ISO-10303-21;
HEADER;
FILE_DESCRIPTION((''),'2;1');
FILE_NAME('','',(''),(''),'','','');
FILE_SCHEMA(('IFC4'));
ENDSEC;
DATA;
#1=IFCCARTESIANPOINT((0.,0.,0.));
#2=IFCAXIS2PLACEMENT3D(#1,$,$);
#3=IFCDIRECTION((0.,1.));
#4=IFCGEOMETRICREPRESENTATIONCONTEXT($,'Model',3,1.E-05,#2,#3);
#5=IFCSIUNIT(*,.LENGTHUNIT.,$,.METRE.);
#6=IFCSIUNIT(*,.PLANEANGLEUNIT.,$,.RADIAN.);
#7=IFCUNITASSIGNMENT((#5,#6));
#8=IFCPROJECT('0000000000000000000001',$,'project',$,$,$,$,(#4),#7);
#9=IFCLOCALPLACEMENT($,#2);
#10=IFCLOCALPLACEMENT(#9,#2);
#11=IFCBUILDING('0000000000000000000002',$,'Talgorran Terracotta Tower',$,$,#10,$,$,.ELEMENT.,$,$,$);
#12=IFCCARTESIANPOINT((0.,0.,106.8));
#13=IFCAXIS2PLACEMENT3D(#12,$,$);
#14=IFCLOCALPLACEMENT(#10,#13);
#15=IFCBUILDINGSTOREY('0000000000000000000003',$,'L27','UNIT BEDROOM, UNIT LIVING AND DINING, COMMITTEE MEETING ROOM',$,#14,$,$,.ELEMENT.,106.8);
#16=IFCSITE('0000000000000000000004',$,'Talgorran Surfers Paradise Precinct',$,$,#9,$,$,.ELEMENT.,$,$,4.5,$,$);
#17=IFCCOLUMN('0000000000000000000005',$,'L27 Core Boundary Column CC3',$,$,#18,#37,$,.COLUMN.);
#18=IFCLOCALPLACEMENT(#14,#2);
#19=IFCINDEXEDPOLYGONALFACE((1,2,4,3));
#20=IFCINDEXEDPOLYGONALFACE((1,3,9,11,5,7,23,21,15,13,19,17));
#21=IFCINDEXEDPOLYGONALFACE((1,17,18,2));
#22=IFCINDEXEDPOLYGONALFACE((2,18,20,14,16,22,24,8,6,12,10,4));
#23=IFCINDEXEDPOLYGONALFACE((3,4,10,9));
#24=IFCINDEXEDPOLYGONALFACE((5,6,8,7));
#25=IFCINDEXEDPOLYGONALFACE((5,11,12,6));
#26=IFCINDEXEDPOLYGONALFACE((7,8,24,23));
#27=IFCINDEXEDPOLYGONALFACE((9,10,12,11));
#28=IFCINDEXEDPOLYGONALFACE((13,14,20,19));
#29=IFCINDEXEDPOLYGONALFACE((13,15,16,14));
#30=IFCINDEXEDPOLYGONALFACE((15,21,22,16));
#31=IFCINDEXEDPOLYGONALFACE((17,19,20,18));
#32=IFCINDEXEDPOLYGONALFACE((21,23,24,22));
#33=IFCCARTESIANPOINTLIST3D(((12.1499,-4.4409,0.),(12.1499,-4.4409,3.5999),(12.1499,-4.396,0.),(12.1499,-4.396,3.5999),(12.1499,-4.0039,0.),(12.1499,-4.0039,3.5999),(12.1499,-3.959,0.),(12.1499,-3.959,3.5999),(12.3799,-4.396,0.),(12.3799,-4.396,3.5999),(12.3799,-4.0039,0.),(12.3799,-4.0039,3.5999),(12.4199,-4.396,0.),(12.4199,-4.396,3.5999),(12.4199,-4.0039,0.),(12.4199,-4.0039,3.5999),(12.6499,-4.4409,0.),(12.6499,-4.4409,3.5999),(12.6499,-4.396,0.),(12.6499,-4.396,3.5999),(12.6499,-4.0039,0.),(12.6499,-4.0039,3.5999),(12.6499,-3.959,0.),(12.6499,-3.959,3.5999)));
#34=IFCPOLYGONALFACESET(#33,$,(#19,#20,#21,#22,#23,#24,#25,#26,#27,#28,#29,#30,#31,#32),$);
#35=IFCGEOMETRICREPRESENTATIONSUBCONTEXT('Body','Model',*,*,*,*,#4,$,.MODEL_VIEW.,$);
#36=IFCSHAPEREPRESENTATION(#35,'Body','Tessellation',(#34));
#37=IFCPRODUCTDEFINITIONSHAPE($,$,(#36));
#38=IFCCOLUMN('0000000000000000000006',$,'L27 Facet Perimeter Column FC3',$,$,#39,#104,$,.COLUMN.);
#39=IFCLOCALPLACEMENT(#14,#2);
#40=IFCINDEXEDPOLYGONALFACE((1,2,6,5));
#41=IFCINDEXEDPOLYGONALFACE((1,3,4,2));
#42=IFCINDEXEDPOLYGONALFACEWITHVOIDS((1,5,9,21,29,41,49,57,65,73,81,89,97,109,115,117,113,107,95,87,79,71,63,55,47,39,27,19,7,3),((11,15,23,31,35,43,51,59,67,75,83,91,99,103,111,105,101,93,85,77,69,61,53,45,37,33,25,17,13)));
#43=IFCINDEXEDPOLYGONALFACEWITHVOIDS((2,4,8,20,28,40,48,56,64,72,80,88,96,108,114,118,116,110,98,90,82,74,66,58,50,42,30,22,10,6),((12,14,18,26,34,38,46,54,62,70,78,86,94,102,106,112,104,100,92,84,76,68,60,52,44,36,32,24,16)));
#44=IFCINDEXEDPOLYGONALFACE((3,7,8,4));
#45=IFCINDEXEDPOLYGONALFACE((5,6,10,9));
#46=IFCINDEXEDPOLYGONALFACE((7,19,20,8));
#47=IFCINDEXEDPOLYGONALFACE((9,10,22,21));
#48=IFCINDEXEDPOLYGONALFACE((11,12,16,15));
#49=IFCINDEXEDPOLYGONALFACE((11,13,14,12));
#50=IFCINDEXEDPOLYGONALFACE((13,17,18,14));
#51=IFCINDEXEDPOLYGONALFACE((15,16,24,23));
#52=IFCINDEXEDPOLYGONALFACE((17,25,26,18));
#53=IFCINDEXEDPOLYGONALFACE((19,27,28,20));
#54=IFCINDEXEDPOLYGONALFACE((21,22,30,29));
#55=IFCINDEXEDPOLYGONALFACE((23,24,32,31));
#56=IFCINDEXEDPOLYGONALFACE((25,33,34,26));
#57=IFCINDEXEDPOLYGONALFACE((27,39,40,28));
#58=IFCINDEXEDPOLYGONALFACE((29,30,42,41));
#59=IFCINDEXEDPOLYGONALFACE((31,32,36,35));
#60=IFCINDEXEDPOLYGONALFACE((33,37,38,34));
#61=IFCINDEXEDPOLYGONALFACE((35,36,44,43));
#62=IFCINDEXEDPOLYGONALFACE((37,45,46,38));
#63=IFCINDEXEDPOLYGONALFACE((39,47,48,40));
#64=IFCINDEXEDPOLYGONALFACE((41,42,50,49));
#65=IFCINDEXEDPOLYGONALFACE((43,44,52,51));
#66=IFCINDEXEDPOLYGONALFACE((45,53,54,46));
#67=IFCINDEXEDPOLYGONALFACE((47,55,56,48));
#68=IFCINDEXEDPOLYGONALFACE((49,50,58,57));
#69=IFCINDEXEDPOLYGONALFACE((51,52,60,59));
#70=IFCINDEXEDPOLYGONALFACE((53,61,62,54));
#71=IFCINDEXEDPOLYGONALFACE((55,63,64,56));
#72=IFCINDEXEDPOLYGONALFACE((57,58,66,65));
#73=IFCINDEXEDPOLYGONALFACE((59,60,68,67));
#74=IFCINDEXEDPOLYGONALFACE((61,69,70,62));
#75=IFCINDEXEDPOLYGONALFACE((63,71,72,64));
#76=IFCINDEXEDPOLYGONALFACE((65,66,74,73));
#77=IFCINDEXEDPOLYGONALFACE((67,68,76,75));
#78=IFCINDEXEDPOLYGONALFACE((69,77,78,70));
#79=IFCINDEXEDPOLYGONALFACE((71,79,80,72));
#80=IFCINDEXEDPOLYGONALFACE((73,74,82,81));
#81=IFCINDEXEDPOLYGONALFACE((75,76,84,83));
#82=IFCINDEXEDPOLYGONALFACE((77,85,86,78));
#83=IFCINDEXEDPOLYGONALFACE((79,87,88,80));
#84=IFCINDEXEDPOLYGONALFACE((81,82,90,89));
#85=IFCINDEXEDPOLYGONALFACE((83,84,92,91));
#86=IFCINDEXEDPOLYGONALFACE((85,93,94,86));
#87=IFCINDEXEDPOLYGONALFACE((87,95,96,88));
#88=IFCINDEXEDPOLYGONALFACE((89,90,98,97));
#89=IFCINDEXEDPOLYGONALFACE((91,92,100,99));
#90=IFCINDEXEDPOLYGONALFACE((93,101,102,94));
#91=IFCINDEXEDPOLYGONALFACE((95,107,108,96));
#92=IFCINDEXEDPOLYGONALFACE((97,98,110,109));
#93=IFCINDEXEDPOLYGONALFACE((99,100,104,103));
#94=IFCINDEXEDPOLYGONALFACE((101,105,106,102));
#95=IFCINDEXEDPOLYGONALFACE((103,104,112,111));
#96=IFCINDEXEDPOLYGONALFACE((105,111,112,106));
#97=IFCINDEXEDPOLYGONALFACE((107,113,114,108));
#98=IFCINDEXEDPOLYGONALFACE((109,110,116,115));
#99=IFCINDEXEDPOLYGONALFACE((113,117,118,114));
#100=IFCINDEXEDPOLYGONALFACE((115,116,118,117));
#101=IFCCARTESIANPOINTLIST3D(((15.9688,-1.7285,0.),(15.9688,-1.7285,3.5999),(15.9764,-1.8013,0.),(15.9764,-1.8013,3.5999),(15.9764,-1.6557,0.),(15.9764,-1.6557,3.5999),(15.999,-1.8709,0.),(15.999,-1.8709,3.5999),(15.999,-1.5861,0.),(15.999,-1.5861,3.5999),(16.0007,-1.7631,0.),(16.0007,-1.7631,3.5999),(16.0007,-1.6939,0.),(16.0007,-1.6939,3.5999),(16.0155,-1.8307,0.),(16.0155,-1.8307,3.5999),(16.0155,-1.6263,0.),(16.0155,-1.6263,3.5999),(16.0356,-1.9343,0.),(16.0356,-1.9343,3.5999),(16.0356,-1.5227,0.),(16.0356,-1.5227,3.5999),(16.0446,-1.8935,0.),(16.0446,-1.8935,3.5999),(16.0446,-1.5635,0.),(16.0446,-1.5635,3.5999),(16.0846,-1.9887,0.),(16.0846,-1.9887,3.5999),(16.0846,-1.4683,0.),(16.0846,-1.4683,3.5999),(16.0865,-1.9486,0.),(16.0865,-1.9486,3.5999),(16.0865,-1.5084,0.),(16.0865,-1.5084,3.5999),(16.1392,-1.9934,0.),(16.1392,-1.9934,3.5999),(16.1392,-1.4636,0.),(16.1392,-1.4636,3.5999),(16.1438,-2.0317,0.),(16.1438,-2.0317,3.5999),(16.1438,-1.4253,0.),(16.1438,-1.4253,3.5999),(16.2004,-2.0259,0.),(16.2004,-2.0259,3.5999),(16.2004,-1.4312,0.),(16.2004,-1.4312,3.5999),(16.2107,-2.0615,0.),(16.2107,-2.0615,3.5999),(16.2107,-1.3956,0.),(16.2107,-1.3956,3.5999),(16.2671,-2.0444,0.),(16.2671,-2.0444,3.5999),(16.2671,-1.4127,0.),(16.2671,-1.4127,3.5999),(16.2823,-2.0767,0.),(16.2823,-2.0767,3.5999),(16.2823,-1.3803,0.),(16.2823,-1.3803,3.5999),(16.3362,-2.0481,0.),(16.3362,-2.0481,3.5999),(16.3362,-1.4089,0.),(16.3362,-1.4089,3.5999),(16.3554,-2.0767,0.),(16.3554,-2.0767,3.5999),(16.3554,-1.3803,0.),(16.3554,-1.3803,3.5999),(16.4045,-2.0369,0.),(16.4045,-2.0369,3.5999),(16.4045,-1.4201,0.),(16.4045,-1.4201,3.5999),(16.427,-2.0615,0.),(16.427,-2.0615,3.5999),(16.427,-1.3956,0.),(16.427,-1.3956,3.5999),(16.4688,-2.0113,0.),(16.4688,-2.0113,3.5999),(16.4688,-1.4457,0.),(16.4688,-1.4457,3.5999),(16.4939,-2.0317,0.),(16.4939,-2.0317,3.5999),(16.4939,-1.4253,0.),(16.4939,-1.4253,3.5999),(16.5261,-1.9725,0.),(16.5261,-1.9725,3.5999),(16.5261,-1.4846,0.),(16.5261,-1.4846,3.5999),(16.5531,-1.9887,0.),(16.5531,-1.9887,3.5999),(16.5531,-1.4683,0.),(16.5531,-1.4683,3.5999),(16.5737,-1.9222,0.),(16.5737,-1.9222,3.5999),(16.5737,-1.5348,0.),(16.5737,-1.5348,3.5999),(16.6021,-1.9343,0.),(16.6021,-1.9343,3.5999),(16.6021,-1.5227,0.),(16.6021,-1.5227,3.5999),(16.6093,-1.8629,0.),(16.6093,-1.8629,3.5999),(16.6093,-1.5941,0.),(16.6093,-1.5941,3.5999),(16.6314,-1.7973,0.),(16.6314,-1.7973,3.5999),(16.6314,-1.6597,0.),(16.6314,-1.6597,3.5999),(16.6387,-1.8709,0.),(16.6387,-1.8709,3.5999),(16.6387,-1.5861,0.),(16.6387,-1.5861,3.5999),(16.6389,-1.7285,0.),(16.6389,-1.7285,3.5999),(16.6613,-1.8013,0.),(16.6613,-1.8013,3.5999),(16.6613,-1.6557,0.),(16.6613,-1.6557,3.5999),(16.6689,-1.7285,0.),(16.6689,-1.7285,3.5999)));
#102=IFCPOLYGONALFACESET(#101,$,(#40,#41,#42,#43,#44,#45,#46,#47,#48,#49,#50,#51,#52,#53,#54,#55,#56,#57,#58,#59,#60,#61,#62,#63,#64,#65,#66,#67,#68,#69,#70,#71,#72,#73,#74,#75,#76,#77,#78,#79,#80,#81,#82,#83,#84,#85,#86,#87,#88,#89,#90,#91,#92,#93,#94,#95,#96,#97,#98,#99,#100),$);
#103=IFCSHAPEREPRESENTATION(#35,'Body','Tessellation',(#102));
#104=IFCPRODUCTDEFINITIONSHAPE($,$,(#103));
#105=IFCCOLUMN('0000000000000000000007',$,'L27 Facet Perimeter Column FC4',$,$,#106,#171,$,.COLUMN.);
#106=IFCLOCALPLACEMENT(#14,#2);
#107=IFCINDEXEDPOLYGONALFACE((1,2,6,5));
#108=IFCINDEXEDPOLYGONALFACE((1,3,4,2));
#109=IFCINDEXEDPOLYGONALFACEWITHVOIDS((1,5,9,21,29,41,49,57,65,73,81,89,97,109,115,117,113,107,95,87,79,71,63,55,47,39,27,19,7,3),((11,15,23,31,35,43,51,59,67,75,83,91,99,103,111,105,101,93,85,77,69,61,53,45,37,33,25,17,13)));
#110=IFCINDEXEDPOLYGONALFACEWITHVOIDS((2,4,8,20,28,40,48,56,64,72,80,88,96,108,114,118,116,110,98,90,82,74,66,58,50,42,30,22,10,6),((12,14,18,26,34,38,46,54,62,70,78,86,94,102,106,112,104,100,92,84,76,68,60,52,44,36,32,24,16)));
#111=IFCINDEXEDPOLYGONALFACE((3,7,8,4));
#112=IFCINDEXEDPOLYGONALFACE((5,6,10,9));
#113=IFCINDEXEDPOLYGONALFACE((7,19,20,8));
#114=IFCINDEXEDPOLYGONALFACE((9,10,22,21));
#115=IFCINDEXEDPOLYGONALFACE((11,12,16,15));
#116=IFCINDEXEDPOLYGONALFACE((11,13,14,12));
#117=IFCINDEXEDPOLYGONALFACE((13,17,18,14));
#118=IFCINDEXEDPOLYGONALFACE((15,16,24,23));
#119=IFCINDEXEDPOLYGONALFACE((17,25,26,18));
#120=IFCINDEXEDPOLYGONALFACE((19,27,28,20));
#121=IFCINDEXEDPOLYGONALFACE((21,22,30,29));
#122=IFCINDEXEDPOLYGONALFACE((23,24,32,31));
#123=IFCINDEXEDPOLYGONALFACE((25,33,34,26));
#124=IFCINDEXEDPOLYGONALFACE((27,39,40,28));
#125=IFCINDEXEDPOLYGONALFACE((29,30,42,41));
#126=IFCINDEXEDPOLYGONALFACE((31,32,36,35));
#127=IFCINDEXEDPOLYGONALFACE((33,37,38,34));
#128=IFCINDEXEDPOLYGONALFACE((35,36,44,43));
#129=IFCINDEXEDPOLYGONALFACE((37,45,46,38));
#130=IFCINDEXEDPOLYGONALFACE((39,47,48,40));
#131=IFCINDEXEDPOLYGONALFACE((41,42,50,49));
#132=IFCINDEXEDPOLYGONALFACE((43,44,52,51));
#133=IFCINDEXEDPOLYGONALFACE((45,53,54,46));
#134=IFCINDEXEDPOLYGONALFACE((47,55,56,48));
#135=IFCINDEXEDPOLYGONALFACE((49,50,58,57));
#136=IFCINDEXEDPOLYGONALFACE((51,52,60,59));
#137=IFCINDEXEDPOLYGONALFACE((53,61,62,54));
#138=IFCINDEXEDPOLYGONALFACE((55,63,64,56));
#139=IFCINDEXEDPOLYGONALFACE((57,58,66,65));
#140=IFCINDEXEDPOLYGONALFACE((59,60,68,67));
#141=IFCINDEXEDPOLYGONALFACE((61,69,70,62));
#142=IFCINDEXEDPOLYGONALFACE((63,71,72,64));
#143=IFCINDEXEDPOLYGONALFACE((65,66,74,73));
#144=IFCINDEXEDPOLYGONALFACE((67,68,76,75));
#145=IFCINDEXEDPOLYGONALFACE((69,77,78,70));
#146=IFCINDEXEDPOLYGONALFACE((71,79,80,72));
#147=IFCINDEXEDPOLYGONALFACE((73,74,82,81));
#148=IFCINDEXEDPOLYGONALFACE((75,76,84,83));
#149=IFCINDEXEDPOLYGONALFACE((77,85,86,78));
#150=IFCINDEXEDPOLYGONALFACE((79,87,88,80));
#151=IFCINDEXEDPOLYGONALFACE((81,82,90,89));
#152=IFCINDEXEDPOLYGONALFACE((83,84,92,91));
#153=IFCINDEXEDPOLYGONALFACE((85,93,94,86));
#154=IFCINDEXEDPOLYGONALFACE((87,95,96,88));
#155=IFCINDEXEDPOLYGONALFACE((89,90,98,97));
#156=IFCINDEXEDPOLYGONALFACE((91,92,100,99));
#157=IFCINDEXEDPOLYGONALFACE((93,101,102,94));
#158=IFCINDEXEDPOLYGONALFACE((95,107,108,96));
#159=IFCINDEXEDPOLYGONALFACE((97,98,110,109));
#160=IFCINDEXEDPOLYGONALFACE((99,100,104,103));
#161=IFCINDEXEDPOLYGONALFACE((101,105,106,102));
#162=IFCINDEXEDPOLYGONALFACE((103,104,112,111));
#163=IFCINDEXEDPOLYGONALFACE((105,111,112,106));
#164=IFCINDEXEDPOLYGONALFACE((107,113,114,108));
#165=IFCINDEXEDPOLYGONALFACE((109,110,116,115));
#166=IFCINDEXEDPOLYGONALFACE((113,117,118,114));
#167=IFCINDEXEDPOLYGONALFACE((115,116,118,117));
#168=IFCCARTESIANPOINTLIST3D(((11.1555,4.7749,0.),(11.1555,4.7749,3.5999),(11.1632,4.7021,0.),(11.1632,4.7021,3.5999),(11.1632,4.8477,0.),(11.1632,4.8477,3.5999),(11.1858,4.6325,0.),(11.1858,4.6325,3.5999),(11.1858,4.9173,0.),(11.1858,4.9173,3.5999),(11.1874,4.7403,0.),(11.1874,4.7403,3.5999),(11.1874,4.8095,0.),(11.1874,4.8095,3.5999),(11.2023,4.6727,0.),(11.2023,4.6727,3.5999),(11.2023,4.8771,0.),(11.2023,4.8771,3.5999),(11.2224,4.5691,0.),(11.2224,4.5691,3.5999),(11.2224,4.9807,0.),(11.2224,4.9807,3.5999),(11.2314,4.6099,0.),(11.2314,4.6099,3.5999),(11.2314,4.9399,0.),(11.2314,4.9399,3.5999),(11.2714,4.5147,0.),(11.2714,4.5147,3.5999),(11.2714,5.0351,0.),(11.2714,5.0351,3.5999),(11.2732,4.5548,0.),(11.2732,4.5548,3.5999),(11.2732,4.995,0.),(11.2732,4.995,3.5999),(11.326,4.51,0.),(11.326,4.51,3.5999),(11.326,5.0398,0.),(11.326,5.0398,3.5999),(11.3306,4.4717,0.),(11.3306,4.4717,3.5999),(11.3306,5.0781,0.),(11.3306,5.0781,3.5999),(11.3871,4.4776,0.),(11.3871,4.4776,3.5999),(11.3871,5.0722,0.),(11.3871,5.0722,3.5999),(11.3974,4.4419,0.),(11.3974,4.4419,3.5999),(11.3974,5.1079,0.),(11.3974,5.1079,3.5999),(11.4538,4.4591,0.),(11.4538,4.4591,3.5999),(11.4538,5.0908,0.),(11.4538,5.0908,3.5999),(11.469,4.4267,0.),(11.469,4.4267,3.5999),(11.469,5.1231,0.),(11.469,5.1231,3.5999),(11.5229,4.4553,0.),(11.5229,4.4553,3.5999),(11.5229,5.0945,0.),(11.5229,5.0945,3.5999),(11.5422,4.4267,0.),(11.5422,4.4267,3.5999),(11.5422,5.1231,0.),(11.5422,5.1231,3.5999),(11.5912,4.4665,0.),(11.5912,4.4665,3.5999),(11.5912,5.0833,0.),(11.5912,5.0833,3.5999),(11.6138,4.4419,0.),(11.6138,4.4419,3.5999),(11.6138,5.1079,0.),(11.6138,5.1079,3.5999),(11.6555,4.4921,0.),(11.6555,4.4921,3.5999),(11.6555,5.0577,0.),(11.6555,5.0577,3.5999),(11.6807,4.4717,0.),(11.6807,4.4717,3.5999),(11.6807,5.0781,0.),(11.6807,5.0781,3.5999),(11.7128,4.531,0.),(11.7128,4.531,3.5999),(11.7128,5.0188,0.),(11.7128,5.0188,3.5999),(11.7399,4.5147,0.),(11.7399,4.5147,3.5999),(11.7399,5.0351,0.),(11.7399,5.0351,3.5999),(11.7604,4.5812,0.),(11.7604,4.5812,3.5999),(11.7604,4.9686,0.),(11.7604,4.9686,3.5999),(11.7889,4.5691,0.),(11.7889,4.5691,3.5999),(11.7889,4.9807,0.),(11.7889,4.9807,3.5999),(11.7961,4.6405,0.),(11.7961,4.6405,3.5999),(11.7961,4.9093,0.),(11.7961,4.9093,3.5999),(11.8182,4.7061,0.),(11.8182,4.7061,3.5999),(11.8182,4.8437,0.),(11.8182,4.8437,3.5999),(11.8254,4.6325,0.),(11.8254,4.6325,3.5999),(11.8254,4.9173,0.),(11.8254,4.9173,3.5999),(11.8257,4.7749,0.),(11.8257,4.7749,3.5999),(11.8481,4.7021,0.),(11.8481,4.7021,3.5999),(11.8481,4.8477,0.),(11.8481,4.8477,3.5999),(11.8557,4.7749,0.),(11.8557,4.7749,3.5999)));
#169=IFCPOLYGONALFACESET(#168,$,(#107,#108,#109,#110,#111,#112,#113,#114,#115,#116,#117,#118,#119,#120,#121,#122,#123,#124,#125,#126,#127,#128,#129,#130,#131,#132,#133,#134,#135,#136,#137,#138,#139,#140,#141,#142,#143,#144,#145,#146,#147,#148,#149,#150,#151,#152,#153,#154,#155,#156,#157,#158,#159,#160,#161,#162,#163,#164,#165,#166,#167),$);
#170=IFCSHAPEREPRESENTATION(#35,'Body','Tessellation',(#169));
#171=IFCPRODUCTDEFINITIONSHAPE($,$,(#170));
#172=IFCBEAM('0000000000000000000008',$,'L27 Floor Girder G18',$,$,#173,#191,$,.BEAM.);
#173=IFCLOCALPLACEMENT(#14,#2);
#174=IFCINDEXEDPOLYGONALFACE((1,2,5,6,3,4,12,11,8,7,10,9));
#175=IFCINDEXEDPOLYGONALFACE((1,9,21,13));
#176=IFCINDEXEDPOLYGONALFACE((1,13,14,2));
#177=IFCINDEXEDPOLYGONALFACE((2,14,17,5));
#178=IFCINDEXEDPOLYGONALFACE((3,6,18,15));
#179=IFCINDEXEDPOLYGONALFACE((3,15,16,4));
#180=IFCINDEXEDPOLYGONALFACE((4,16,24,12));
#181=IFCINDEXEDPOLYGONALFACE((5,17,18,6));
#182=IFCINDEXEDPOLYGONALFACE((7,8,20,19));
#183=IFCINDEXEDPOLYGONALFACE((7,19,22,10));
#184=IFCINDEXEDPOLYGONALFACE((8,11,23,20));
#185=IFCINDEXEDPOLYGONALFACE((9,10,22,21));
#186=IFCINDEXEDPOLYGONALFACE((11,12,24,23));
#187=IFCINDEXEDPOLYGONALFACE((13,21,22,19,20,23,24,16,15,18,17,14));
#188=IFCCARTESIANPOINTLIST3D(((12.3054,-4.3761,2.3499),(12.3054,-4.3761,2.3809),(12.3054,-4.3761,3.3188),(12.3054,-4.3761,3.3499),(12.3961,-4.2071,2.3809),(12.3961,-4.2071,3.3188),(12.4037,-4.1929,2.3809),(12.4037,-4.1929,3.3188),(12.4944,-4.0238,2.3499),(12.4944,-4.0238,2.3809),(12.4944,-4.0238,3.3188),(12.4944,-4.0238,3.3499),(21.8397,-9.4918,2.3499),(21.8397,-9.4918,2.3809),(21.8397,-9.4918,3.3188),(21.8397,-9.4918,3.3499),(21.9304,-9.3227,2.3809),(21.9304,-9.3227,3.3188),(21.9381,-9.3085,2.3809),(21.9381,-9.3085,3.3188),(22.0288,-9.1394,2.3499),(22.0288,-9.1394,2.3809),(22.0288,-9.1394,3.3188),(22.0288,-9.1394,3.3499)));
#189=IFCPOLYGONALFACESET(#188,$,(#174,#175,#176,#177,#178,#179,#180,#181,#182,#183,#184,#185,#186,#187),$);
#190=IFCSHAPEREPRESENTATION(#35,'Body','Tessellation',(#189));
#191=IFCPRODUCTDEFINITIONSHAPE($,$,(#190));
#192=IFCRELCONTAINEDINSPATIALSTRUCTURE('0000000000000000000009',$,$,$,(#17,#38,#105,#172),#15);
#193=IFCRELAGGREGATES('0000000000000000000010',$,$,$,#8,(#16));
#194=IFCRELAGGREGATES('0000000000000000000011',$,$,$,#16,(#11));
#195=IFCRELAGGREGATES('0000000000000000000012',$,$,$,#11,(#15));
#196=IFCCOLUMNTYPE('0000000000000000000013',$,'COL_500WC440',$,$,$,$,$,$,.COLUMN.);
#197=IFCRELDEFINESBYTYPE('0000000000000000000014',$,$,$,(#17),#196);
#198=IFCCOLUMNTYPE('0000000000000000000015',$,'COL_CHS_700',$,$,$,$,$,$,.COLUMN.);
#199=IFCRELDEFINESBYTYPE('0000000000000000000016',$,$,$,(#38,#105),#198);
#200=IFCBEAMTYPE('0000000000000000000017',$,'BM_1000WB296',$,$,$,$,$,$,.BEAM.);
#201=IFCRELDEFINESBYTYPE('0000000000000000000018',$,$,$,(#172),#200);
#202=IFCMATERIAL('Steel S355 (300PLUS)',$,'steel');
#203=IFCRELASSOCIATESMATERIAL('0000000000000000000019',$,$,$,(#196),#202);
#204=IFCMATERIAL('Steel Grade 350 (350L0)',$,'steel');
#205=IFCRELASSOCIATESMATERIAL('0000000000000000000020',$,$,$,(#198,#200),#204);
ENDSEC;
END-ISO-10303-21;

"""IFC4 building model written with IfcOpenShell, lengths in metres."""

from ifc_helpers import new_model, si_unit, direction, frame, origin, origin_2d, place, context, subcontext, project, spatial, hollow_circle, i_section, extrude, material, material_profile, profile_set, type_object, element, save


model = new_model("IFC4")

# Units and contexts
model_context = context("Model", 3, precision=1e-05, world=origin(), true_north=direction((0.0, 1.0)))
body_context = subcontext(model_context, "Body", "Model", "MODEL_VIEW")
ifc_project = project(units=[si_unit("LENGTHUNIT", "METRE"), si_unit("PLANEANGLEUNIT", "RADIAN")], contexts=[model_context])

# Site, building, storey
site_placement = place(None, origin())
site = spatial("IfcSite", under=ifc_project, at=site_placement, Name="Talgorran Surfers Paradise Precinct", CompositionType="ELEMENT", RefElevation=4.5)
building_placement = place(site_placement, origin())
building = spatial("IfcBuilding", under=site, at=building_placement, Name="Talgorran Terracotta Tower", CompositionType="ELEMENT")
storey_placement = place(building_placement, frame((0.0, 0.0, 106.8)))
storey = spatial("IfcBuildingStorey", under=building, at=storey_placement, Name="L27", Description="UNIT BEDROOM, UNIT LIVING AND DINING, COMMITTEE MEETING ROOM", CompositionType="ELEMENT", Elevation=106.8)

# Columns
ifc_material_1 = material(Name="Steel S355 (300PLUS)", Category="steel")
ifc_material_profile_1 = material_profile(ifc_material_1, i_section(OverallWidth=0.5, OverallDepth=0.4819, WebThickness=0.04, FlangeThickness=0.0449, at=origin_2d()), Name="500WC440")
ifc_profile_set_1 = profile_set([ifc_material_profile_1], Name="Steel S355 (300PLUS)")
column_type_1 = type_object("IfcColumnType", Name="COL_500WC440", PredefinedType="COLUMN", material=ifc_profile_set_1)
column_placement = place(storey_placement, frame((12.3999, -4.2, 0.0), z_axis=(0.0, 0.0, 1.0), x_axis=(1.0, 0.0, 0.0)))
element("IfcColumn", 1, at=column_placement, inside=storey, type_object=column_type_1, Name="L27 Core Boundary Column CC3", PredefinedType="COLUMN", context=body_context, shape_type="SweptSolid", body=[
    extrude(i_section(OverallWidth=0.5, OverallDepth=0.4819, WebThickness=0.04, FlangeThickness=0.0449, at=origin_2d()), origin(), (0.0, 0.0, 1.0), 3.5999),
])
ifc_material_2 = material(Name="Steel Grade 350 (350L0)", Category="steel")
ifc_material_profile_2 = material_profile(ifc_material_2, hollow_circle(Radius=0.3501, WallThickness=0.03, at=origin_2d()), Name="CHS700X30")
ifc_profile_set_2 = profile_set([ifc_material_profile_2], Name="Steel Grade 350 (350L0)")
column_type_2 = type_object("IfcColumnType", Name="COL_CHS_700", PredefinedType="COLUMN", material=ifc_profile_set_2)
for number, where, z_axis, x_axis, name in (
    (2, (16.3188, -1.7285, 0.0), (0.0, 0.0, 1.0), (1.0, 0.0, 0.0), "L27 Facet Perimeter Column FC3"),
    (3, (11.5056, 4.7749, 0.0), (0.0, 0.0, 1.0), (1.0, 0.0, 0.0), "L27 Facet Perimeter Column FC4"),
):
    element("IfcColumn", number, at=place(storey_placement, frame(where, z_axis=z_axis, x_axis=x_axis)), inside=storey, type_object=column_type_2, Name=name, PredefinedType="COLUMN", context=body_context, shape_type="SweptSolid", body=[
        extrude(hollow_circle(Radius=0.3501, WallThickness=0.03, at=origin_2d()), origin(), (0.0, 0.0, 1.0), 3.5999),
    ])

# Beam
ifc_material_profile_3 = material_profile(ifc_material_2, i_section(OverallWidth=0.3999, OverallDepth=1.0, WebThickness=0.0161, FlangeThickness=0.031, at=origin_2d()), Name="1000WB296")
ifc_profile_set_3 = profile_set([ifc_material_profile_3], Name="Steel Grade 350 (350L0)")
beam_type_1 = type_object("IfcBeamType", Name="BM_1000WB296", PredefinedType="BEAM", material=ifc_profile_set_3)
beam_1_placement = place(storey_placement, frame((12.3999, -4.2, 2.8499), z_axis=(0.881172, -0.472795, 0.0), x_axis=(0.472795, 0.881172, 0.0)))
element("IfcBeam", 4, at=beam_1_placement, inside=storey, type_object=beam_type_1, Name="L27 Floor Girder G18", PredefinedType="BEAM", context=body_context, shape_type="SweptSolid", body=[
    extrude(i_section(OverallWidth=0.3999, OverallDepth=1.0, WebThickness=0.0161, FlangeThickness=0.031, at=origin_2d()), origin(), (0.0, 0.0, 1.0), 10.8201),
])

save(model, "model.ifc")
